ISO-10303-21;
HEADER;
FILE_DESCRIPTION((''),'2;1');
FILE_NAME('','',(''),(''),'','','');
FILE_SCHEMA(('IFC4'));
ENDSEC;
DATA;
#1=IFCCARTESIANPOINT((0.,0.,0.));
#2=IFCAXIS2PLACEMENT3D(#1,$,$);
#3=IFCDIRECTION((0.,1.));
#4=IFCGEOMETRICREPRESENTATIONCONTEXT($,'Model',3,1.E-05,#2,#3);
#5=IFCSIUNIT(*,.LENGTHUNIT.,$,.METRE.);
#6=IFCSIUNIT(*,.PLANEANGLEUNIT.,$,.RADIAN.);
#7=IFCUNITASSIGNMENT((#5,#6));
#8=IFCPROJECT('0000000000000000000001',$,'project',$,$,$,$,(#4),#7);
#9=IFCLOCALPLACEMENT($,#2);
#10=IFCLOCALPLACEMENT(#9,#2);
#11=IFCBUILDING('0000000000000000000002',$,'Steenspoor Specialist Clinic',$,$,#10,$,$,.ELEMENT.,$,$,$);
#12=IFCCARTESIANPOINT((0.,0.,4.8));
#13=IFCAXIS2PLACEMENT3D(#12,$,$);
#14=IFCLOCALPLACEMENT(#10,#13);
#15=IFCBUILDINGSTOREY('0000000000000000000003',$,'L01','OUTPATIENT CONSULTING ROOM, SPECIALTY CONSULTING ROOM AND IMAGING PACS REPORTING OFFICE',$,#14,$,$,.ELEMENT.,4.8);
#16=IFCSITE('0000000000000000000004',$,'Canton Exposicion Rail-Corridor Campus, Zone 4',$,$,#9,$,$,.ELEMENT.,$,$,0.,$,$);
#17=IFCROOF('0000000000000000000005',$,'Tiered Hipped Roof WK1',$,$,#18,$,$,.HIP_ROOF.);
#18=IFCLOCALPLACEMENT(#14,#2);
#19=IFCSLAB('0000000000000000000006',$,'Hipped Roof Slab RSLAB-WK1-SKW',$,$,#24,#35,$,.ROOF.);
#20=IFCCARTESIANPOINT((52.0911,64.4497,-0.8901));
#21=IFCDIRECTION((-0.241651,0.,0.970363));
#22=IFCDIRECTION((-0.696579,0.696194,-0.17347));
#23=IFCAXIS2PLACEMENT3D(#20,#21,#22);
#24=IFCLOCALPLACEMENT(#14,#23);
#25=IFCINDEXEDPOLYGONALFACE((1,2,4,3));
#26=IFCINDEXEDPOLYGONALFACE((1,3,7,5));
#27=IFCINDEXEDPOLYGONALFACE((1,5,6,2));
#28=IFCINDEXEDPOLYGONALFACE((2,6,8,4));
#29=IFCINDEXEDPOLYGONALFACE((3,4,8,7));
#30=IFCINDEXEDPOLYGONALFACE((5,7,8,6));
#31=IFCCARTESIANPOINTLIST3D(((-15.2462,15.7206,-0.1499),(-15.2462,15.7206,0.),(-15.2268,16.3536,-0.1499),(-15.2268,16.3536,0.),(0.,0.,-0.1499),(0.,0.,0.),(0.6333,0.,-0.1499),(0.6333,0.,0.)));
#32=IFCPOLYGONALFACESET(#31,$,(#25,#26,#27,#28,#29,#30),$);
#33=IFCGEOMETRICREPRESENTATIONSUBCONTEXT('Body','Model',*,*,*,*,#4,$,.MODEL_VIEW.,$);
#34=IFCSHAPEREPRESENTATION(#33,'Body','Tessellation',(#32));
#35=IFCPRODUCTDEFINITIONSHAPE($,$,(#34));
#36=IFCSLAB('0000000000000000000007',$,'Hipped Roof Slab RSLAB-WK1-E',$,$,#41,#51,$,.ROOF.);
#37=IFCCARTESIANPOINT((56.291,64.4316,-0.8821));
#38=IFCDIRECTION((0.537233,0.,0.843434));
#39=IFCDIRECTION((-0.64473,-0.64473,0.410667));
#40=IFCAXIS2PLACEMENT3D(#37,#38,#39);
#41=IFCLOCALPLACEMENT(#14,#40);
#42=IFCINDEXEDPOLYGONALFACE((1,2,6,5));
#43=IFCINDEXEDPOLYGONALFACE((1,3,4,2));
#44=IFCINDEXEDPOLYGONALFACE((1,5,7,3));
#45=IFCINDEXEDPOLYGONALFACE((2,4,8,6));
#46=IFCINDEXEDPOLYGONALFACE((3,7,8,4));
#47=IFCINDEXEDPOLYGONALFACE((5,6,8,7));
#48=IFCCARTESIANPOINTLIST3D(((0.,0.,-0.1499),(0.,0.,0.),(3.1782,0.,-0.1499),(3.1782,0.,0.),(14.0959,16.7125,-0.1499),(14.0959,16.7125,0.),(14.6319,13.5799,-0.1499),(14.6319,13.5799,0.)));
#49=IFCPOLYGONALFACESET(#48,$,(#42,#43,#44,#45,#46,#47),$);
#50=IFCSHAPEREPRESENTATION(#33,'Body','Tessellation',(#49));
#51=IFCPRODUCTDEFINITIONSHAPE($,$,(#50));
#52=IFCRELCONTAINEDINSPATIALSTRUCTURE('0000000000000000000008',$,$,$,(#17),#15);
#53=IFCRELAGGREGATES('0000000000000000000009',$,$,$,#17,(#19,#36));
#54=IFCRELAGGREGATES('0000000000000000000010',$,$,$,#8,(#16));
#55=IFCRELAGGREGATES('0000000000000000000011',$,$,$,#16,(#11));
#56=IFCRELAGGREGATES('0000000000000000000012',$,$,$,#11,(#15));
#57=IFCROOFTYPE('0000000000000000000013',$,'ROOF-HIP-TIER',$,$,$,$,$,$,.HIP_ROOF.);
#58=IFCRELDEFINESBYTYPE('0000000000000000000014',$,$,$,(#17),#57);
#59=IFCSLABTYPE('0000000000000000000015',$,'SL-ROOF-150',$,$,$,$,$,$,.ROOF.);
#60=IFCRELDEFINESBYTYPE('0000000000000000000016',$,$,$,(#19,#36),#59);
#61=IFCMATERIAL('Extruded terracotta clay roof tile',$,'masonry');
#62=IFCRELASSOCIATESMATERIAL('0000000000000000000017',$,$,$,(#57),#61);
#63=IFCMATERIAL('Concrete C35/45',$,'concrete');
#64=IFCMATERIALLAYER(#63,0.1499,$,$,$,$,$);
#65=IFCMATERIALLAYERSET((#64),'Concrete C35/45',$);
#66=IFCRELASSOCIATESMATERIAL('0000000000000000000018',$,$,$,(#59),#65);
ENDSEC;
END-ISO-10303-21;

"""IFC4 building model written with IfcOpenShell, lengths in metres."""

from ifc_helpers import new_model, si_unit, direction, frame, origin, place, context, subcontext, project, spatial, polyline, outline, extrude, material, layer, layer_set, type_object, element, aggregate, save


model = new_model("IFC4")

# Units and contexts
model_context = context("Model", 3, precision=1e-05, world=origin(), true_north=direction((0.0, 1.0)))
body_context = subcontext(model_context, "Body", "Model", "MODEL_VIEW")
ifc_project = project(units=[si_unit("LENGTHUNIT", "METRE"), si_unit("PLANEANGLEUNIT", "RADIAN")], contexts=[model_context])

# Site, building, storey
site_placement = place(None, origin())
site = spatial("IfcSite", under=ifc_project, at=site_placement, Name="Canton Exposicion Rail-Corridor Campus, Zone 4", CompositionType="ELEMENT", RefElevation=0.0)
building_placement = place(site_placement, origin())
building = spatial("IfcBuilding", under=site, at=building_placement, Name="Steenspoor Specialist Clinic", CompositionType="ELEMENT")
storey_placement = place(building_placement, frame((0.0, 0.0, 4.8)))
storey = spatial("IfcBuildingStorey", under=building, at=storey_placement, Name="L01", Description="OUTPATIENT CONSULTING ROOM, SPECIALTY CONSULTING ROOM AND IMAGING PACS REPORTING OFFICE", CompositionType="ELEMENT", Elevation=4.8)

# Shared definitions
ifc_material_1 = material(Name="Concrete C35/45", Category="concrete")

# Roof, slabs
ifc_material_2 = material(Name="Extruded terracotta clay roof tile", Category="masonry")
roof_type = type_object("IfcRoofType", Name="ROOF-HIP-TIER", PredefinedType="HIP_ROOF", material=ifc_material_2)
roof_placement = place(storey_placement, origin())
roof = element("IfcRoof", 1, at=roof_placement, inside=storey, type_object=roof_type, Name="Tiered Hipped Roof WK1", PredefinedType="HIP_ROOF")
ifc_layer_1 = layer(ifc_material_1, 0.1499)
ifc_layer_set_1 = layer_set([ifc_layer_1], Name="Concrete C35/45")
slab_type = type_object("IfcSlabType", Name="SL-ROOF-150", PredefinedType="ROOF", material=ifc_layer_set_1)
slab_1_placement = place(storey_placement, frame((52.0911, 64.4497, -0.8901), z_axis=(-0.241651, 0.0, 0.970363), x_axis=(-0.696579, 0.696194, -0.17347)))
slab_1 = element("IfcSlab", 2, at=slab_1_placement, type_object=slab_type, Name="Hipped Roof Slab RSLAB-WK1-SKW", PredefinedType="ROOF", context=body_context, shape_type="SweptSolid", body=[
    extrude(outline(polyline([(0.0, 0.0), (0.6333, 0.0), (-15.2268, 16.3536), (-15.2462, 15.7206), (0.0, 0.0)])), origin(), (0.0, 0.0, -1.0), 0.1499),
])
slab_2_placement = place(storey_placement, frame((56.291, 64.4316, -0.8821), z_axis=(0.537233, 0.0, 0.843434), x_axis=(-0.64473, -0.64473, 0.410667)))
slab_2 = element("IfcSlab", 3, at=slab_2_placement, type_object=slab_type, Name="Hipped Roof Slab RSLAB-WK1-E", PredefinedType="ROOF", context=body_context, shape_type="SweptSolid", body=[
    extrude(outline(polyline([(0.0, 0.0), (3.1782, 0.0), (14.6319, 13.5799), (14.0959, 16.7125), (0.0, 0.0)])), origin(), (0.0, 0.0, -1.0), 0.1499),
])
aggregate(roof, [slab_1, slab_2])

save(model, "model.ifc")
